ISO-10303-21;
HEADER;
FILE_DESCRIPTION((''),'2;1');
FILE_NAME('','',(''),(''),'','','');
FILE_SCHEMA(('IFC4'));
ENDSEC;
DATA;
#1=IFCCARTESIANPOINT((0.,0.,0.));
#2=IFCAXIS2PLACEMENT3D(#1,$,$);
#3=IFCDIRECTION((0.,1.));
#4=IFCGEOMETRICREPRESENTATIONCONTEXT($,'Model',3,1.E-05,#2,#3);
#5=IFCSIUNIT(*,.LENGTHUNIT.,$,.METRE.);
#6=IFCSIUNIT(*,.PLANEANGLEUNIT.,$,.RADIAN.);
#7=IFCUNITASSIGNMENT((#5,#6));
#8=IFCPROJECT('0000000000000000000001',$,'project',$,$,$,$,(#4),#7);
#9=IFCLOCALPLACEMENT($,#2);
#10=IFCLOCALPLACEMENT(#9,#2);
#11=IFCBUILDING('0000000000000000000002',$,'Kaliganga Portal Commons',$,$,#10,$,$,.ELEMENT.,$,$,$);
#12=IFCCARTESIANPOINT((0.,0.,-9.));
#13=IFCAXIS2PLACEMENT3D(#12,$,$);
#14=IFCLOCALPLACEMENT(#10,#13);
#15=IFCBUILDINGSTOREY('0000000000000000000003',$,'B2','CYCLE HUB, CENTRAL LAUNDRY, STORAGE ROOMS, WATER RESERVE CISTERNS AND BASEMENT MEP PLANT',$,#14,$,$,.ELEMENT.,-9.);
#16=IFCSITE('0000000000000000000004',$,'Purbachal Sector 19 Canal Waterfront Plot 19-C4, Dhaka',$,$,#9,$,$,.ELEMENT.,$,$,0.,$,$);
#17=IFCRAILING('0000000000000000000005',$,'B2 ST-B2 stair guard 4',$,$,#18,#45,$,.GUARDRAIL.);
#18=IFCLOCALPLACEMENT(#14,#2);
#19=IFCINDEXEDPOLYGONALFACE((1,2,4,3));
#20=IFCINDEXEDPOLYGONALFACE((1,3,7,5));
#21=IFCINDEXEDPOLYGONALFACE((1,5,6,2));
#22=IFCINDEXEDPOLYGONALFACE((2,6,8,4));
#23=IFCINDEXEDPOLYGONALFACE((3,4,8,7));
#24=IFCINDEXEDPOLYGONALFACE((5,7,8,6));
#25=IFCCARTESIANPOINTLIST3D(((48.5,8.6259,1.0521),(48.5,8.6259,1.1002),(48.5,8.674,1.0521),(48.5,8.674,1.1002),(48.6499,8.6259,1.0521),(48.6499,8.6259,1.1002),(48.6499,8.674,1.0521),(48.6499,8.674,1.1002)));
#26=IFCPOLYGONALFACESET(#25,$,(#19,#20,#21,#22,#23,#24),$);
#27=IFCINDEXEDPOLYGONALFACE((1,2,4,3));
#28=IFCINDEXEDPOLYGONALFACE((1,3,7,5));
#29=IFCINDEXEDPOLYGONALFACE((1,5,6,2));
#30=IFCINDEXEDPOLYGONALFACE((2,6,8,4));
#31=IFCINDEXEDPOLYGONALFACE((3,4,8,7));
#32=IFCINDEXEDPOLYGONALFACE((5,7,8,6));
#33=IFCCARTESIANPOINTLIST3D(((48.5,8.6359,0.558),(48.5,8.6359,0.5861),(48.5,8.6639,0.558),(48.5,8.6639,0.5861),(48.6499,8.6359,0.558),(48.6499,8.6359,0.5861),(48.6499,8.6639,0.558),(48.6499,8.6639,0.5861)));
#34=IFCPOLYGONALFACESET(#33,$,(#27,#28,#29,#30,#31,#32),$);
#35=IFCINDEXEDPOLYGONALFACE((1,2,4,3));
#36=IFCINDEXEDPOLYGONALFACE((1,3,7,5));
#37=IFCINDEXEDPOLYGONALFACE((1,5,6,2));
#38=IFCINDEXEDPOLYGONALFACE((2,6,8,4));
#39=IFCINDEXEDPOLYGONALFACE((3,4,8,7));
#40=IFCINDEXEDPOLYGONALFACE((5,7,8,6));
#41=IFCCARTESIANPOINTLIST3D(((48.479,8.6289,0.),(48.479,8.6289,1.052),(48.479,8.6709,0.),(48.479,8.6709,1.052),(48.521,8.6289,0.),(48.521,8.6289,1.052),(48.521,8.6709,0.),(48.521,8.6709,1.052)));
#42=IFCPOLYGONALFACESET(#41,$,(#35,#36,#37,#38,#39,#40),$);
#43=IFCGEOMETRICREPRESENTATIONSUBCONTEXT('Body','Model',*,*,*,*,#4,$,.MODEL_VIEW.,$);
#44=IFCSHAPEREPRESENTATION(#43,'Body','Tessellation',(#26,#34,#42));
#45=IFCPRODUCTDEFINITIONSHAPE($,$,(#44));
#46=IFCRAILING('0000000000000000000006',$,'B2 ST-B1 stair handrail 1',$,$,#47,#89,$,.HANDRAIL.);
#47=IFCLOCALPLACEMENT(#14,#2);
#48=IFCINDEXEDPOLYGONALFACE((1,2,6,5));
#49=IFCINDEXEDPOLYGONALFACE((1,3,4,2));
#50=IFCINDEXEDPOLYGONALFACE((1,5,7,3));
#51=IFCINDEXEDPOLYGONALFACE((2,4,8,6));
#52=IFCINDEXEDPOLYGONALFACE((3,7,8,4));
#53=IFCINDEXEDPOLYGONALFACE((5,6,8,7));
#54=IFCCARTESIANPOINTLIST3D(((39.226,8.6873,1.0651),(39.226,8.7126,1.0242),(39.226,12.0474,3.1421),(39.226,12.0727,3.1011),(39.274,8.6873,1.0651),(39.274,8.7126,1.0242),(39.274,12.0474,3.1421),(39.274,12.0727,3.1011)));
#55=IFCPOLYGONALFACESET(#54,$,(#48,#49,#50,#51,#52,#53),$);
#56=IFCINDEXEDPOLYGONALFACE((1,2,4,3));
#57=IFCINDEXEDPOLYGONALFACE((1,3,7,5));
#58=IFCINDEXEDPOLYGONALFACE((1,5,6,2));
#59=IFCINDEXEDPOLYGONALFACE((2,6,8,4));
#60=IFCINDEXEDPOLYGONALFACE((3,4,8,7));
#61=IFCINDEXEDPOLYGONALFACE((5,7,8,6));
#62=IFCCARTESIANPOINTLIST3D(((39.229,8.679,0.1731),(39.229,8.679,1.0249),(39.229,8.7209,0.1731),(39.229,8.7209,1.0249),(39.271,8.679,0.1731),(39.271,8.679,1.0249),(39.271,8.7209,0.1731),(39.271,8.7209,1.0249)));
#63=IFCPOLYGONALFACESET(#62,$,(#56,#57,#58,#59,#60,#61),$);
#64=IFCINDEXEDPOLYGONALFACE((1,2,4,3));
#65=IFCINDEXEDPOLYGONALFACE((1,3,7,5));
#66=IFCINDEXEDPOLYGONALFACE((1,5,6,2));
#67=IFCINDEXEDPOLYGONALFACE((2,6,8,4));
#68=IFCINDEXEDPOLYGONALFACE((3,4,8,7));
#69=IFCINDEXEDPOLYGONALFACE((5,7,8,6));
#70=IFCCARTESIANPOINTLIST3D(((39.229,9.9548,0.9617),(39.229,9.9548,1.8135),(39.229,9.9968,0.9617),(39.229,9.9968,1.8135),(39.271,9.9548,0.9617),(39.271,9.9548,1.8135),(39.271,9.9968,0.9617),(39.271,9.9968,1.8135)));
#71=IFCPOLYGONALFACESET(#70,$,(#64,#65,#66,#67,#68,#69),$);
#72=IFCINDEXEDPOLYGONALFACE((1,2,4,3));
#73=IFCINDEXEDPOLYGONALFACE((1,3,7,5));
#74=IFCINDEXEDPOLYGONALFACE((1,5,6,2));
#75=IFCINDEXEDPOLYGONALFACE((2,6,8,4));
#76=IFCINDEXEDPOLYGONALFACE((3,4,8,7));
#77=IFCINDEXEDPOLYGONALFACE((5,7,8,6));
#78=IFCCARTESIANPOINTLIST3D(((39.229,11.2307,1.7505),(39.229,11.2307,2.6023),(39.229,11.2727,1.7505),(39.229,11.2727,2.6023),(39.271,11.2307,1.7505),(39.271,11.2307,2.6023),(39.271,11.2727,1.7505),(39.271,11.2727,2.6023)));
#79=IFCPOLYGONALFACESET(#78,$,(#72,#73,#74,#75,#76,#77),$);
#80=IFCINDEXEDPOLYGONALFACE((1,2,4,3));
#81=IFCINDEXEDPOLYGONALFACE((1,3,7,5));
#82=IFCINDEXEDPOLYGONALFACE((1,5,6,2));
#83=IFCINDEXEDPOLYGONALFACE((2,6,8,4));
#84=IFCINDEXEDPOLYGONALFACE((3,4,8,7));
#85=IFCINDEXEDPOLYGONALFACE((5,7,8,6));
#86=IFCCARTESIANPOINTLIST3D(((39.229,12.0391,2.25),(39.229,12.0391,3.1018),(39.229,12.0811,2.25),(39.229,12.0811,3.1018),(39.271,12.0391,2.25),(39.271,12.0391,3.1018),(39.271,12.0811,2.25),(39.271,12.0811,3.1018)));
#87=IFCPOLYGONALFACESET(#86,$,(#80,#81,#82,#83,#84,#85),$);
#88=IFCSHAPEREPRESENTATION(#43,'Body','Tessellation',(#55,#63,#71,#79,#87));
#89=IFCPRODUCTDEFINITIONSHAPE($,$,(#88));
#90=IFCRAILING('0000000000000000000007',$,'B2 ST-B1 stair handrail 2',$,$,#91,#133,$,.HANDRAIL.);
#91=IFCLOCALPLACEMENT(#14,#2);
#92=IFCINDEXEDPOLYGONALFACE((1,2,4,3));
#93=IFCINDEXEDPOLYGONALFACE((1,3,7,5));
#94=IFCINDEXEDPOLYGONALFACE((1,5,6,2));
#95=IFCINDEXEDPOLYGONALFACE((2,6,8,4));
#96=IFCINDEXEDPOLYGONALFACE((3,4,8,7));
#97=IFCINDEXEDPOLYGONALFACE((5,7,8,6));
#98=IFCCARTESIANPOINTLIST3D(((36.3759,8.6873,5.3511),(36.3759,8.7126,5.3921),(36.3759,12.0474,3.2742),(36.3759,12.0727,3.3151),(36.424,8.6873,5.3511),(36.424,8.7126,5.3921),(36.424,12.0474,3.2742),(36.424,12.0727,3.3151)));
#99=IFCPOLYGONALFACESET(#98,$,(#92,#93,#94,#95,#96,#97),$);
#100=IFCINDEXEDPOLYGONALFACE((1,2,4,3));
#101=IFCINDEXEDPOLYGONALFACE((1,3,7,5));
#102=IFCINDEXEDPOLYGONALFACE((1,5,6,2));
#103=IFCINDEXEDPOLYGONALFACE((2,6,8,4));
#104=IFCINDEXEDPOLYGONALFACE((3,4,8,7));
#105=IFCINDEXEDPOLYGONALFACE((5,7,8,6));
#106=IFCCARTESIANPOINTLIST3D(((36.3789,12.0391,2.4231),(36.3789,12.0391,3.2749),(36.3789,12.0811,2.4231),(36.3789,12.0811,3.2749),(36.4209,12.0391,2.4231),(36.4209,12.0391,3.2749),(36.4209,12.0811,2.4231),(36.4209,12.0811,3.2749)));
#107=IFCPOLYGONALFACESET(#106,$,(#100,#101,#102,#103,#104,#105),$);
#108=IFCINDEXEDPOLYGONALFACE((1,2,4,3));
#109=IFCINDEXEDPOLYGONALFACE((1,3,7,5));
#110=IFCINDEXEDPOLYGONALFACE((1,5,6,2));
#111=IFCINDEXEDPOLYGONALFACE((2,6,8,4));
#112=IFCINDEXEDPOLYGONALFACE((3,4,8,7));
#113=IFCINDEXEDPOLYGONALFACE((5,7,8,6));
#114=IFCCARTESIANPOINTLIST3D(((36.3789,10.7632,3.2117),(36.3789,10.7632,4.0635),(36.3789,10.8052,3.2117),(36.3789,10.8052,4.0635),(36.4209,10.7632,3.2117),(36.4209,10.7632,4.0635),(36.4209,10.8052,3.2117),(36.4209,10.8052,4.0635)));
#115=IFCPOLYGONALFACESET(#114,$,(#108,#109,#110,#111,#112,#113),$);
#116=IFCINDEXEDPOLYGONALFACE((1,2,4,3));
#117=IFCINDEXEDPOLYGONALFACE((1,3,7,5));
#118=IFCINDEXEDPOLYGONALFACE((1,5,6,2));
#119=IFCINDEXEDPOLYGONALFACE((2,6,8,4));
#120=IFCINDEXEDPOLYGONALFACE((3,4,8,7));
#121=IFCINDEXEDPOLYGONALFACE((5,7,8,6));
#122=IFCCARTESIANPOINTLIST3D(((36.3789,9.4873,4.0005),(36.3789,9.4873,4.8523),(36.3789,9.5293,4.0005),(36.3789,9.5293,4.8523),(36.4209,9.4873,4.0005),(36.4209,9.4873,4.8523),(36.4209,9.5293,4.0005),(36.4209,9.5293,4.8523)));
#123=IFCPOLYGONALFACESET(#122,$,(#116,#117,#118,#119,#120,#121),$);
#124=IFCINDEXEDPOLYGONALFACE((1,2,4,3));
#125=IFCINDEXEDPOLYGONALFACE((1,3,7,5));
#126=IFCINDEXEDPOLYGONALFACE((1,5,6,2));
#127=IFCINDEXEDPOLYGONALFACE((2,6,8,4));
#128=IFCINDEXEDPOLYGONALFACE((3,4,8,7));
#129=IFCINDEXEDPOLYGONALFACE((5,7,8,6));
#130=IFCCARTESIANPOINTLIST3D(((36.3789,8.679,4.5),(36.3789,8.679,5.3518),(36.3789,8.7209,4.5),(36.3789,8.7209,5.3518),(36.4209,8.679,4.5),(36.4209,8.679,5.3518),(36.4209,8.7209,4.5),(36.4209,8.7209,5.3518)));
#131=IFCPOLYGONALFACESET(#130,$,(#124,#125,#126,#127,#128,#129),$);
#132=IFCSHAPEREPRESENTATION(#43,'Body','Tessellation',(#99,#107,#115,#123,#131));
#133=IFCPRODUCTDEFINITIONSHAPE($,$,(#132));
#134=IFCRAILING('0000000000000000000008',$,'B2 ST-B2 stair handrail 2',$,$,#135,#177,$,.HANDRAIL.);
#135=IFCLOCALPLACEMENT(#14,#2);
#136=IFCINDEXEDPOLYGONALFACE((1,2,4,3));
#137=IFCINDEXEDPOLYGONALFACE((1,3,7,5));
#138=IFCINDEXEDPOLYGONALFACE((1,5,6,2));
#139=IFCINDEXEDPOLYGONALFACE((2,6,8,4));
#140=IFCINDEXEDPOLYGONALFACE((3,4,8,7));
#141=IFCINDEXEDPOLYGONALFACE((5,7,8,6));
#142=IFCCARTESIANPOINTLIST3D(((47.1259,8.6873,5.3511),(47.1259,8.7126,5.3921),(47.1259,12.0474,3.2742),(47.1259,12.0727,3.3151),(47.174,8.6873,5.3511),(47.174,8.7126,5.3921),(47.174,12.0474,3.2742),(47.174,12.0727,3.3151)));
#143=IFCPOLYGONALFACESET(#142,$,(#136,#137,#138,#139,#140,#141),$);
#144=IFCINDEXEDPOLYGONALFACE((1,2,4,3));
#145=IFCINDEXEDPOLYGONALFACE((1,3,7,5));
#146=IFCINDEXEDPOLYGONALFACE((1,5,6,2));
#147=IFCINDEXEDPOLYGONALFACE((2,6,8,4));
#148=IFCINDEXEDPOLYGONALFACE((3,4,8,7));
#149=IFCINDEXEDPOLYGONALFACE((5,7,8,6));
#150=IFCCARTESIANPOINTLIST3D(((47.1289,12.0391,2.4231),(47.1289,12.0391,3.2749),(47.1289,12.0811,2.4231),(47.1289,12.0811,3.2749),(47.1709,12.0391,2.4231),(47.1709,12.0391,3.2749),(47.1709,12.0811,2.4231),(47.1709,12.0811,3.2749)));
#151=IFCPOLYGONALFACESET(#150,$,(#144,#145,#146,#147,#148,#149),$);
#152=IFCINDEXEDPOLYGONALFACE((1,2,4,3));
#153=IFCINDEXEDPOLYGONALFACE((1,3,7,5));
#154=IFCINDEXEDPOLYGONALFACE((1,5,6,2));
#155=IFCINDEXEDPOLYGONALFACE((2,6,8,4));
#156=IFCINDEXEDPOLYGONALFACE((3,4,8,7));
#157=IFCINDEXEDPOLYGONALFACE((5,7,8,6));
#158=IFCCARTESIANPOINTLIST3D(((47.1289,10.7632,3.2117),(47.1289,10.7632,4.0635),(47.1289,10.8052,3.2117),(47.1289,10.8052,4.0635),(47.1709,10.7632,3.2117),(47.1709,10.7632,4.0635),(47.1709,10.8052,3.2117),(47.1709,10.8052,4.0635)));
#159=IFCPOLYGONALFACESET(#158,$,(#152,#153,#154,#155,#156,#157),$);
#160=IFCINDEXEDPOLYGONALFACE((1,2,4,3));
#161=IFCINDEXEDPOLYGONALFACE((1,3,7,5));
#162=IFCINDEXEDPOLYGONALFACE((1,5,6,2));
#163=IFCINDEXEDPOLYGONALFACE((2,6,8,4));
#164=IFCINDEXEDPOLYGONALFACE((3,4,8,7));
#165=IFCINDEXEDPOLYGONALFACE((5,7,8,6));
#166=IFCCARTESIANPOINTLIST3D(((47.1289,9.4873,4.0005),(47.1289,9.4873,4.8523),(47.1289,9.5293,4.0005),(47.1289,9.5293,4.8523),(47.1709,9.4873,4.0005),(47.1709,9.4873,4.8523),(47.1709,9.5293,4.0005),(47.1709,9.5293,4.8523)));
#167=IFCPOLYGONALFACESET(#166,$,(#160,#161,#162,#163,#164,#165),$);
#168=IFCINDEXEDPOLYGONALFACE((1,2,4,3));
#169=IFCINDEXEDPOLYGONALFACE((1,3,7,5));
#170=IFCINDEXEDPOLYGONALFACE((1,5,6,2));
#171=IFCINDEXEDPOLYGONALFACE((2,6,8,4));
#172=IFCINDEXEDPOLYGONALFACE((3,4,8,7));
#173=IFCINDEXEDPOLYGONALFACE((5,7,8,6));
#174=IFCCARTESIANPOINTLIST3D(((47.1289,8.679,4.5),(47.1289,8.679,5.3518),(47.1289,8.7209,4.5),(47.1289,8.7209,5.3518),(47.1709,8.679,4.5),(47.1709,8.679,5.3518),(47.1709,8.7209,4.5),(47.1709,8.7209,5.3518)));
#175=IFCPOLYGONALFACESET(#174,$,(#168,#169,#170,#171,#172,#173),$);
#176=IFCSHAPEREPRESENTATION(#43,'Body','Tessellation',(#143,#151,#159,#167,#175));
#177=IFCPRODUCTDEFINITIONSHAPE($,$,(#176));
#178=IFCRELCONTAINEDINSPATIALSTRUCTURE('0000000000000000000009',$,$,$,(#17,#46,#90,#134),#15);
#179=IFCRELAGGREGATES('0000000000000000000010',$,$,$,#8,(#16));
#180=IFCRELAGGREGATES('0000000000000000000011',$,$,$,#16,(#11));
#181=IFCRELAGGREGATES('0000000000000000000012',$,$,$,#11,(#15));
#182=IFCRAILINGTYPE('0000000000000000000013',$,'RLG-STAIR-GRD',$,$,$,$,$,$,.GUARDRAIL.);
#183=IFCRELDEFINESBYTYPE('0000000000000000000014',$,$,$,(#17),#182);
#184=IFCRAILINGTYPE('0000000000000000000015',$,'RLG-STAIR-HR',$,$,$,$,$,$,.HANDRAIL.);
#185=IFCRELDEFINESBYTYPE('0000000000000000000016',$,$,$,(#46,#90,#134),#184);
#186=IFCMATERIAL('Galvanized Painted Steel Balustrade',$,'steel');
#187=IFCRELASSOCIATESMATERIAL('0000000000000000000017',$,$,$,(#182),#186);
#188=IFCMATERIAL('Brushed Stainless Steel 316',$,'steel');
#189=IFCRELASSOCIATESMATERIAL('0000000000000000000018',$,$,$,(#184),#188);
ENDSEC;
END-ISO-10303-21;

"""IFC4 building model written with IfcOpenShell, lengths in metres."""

from ifc_helpers import new_model, si_unit, direction, frame, origin, origin_2d, place, context, subcontext, project, spatial, rectangle, extrude, material, type_object, element, save


model = new_model("IFC4")

# Units and contexts
model_context = context("Model", 3, precision=1e-05, world=origin(), true_north=direction((0.0, 1.0)))
body_context = subcontext(model_context, "Body", "Model", "MODEL_VIEW")
ifc_project = project(units=[si_unit("LENGTHUNIT", "METRE"), si_unit("PLANEANGLEUNIT", "RADIAN")], contexts=[model_context])

# Site, building, storey
site_placement = place(None, origin())
site = spatial("IfcSite", under=ifc_project, at=site_placement, Name="Purbachal Sector 19 Canal Waterfront Plot 19-C4, Dhaka", CompositionType="ELEMENT", RefElevation=0.0)
building_placement = place(site_placement, origin())
building = spatial("IfcBuilding", under=site, at=building_placement, Name="Kaliganga Portal Commons", CompositionType="ELEMENT")
storey_placement = place(building_placement, frame((0.0, 0.0, -9.0)))
storey = spatial("IfcBuildingStorey", under=building, at=storey_placement, Name="B2", Description="CYCLE HUB, CENTRAL LAUNDRY, STORAGE ROOMS, WATER RESERVE CISTERNS AND BASEMENT MEP PLANT", CompositionType="ELEMENT", Elevation=-9.0)

# Railings
ifc_material_1 = material(Name="Galvanized Painted Steel Balustrade", Category="steel")
railing_type_1 = type_object("IfcRailingType", Name="RLG-STAIR-GRD", PredefinedType="GUARDRAIL", material=ifc_material_1)
railing_1_placement = place(storey_placement, frame((48.6499, 8.6499, 0.0)))
element("IfcRailing", 1, at=railing_1_placement, inside=storey, type_object=railing_type_1, Name="B2 ST-B2 stair guard 4", PredefinedType="GUARDRAIL", context=body_context, shape_type="SweptSolid", body=[
    extrude(rectangle(XDim=0.0481, YDim=0.0481, at=origin_2d()), frame((0.0, 0.0, 1.0762), z_axis=(-1.0, 0.0, 0.0), x_axis=(0.0, -1.0, 0.0)), (0.0, 0.0, 1.0), 0.1499),
    extrude(rectangle(XDim=0.0281, YDim=0.0281, at=origin_2d()), frame((0.0, 0.0, 0.572), z_axis=(-1.0, 0.0, 0.0), x_axis=(0.0, -1.0, 0.0)), (0.0, 0.0, 1.0), 0.1499),
    extrude(rectangle(XDim=0.042, YDim=0.042, at=origin_2d()), frame((-0.1499, 0.0, 0.0)), (0.0, 0.0, 1.0), 1.052),
])
ifc_material_2 = material(Name="Brushed Stainless Steel 316", Category="steel")
railing_type_2 = type_object("IfcRailingType", Name="RLG-STAIR-HR", PredefinedType="HANDRAIL", material=ifc_material_2)
railing_2_placement = place(storey_placement, frame((39.25, 8.7, 0.1731)))
element("IfcRailing", 2, at=railing_2_placement, inside=storey, type_object=railing_type_2, Name="B2 ST-B1 stair handrail 1", PredefinedType="HANDRAIL", context=body_context, shape_type="SweptSolid", body=[
    extrude(rectangle(XDim=0.0481, YDim=0.0481, at=origin_2d()), frame((0.0, 0.0, 0.8716), z_axis=(0.0, 0.850623, 0.525776), x_axis=(-1.0, 0.0, 0.0)), (0.0, 0.0, 1.0), 3.9502),
    extrude(rectangle(XDim=0.042, YDim=0.042, at=origin_2d()), origin(), (0.0, 0.0, 1.0), 0.8518),
    extrude(rectangle(XDim=0.042, YDim=0.042, at=origin_2d()), frame((0.0, 1.2759, 0.7886)), (0.0, 0.0, 1.0), 0.8518),
    extrude(rectangle(XDim=0.042, YDim=0.042, at=origin_2d()), frame((0.0, 2.5518, 1.5774)), (0.0, 0.0, 1.0), 0.8518),
    extrude(rectangle(XDim=0.042, YDim=0.042, at=origin_2d()), frame((0.0, 3.3601, 2.0769)), (0.0, 0.0, 1.0), 0.8518),
])
for number, where, name in (
    (3, (36.3999, 12.0601, 2.4231), "B2 ST-B1 stair handrail 2"),
    (4, (47.1499, 12.0601, 2.4231), "B2 ST-B2 stair handrail 2"),
):
    element("IfcRailing", number, at=place(storey_placement, frame(where)), inside=storey, type_object=railing_type_2, Name=name, PredefinedType="HANDRAIL", context=body_context, shape_type="SweptSolid", body=[
        extrude(rectangle(XDim=0.0481, YDim=0.0481, at=origin_2d()), frame((0.0, 0.0, 0.8716), z_axis=(0.0, -0.850623, 0.525776), x_axis=(1.0, 0.0, 0.0)), (0.0, 0.0, 1.0), 3.9502),
        extrude(rectangle(XDim=0.042, YDim=0.042, at=origin_2d()), origin(), (0.0, 0.0, 1.0), 0.8518),
        extrude(rectangle(XDim=0.042, YDim=0.042, at=origin_2d()), frame((0.0, -1.2759, 0.7886)), (0.0, 0.0, 1.0), 0.8518),
        extrude(rectangle(XDim=0.042, YDim=0.042, at=origin_2d()), frame((0.0, -2.5518, 1.5774)), (0.0, 0.0, 1.0), 0.8518),
        extrude(rectangle(XDim=0.042, YDim=0.042, at=origin_2d()), frame((0.0, -3.3601, 2.0769)), (0.0, 0.0, 1.0), 0.8518),
    ])

save(model, "model.ifc")
